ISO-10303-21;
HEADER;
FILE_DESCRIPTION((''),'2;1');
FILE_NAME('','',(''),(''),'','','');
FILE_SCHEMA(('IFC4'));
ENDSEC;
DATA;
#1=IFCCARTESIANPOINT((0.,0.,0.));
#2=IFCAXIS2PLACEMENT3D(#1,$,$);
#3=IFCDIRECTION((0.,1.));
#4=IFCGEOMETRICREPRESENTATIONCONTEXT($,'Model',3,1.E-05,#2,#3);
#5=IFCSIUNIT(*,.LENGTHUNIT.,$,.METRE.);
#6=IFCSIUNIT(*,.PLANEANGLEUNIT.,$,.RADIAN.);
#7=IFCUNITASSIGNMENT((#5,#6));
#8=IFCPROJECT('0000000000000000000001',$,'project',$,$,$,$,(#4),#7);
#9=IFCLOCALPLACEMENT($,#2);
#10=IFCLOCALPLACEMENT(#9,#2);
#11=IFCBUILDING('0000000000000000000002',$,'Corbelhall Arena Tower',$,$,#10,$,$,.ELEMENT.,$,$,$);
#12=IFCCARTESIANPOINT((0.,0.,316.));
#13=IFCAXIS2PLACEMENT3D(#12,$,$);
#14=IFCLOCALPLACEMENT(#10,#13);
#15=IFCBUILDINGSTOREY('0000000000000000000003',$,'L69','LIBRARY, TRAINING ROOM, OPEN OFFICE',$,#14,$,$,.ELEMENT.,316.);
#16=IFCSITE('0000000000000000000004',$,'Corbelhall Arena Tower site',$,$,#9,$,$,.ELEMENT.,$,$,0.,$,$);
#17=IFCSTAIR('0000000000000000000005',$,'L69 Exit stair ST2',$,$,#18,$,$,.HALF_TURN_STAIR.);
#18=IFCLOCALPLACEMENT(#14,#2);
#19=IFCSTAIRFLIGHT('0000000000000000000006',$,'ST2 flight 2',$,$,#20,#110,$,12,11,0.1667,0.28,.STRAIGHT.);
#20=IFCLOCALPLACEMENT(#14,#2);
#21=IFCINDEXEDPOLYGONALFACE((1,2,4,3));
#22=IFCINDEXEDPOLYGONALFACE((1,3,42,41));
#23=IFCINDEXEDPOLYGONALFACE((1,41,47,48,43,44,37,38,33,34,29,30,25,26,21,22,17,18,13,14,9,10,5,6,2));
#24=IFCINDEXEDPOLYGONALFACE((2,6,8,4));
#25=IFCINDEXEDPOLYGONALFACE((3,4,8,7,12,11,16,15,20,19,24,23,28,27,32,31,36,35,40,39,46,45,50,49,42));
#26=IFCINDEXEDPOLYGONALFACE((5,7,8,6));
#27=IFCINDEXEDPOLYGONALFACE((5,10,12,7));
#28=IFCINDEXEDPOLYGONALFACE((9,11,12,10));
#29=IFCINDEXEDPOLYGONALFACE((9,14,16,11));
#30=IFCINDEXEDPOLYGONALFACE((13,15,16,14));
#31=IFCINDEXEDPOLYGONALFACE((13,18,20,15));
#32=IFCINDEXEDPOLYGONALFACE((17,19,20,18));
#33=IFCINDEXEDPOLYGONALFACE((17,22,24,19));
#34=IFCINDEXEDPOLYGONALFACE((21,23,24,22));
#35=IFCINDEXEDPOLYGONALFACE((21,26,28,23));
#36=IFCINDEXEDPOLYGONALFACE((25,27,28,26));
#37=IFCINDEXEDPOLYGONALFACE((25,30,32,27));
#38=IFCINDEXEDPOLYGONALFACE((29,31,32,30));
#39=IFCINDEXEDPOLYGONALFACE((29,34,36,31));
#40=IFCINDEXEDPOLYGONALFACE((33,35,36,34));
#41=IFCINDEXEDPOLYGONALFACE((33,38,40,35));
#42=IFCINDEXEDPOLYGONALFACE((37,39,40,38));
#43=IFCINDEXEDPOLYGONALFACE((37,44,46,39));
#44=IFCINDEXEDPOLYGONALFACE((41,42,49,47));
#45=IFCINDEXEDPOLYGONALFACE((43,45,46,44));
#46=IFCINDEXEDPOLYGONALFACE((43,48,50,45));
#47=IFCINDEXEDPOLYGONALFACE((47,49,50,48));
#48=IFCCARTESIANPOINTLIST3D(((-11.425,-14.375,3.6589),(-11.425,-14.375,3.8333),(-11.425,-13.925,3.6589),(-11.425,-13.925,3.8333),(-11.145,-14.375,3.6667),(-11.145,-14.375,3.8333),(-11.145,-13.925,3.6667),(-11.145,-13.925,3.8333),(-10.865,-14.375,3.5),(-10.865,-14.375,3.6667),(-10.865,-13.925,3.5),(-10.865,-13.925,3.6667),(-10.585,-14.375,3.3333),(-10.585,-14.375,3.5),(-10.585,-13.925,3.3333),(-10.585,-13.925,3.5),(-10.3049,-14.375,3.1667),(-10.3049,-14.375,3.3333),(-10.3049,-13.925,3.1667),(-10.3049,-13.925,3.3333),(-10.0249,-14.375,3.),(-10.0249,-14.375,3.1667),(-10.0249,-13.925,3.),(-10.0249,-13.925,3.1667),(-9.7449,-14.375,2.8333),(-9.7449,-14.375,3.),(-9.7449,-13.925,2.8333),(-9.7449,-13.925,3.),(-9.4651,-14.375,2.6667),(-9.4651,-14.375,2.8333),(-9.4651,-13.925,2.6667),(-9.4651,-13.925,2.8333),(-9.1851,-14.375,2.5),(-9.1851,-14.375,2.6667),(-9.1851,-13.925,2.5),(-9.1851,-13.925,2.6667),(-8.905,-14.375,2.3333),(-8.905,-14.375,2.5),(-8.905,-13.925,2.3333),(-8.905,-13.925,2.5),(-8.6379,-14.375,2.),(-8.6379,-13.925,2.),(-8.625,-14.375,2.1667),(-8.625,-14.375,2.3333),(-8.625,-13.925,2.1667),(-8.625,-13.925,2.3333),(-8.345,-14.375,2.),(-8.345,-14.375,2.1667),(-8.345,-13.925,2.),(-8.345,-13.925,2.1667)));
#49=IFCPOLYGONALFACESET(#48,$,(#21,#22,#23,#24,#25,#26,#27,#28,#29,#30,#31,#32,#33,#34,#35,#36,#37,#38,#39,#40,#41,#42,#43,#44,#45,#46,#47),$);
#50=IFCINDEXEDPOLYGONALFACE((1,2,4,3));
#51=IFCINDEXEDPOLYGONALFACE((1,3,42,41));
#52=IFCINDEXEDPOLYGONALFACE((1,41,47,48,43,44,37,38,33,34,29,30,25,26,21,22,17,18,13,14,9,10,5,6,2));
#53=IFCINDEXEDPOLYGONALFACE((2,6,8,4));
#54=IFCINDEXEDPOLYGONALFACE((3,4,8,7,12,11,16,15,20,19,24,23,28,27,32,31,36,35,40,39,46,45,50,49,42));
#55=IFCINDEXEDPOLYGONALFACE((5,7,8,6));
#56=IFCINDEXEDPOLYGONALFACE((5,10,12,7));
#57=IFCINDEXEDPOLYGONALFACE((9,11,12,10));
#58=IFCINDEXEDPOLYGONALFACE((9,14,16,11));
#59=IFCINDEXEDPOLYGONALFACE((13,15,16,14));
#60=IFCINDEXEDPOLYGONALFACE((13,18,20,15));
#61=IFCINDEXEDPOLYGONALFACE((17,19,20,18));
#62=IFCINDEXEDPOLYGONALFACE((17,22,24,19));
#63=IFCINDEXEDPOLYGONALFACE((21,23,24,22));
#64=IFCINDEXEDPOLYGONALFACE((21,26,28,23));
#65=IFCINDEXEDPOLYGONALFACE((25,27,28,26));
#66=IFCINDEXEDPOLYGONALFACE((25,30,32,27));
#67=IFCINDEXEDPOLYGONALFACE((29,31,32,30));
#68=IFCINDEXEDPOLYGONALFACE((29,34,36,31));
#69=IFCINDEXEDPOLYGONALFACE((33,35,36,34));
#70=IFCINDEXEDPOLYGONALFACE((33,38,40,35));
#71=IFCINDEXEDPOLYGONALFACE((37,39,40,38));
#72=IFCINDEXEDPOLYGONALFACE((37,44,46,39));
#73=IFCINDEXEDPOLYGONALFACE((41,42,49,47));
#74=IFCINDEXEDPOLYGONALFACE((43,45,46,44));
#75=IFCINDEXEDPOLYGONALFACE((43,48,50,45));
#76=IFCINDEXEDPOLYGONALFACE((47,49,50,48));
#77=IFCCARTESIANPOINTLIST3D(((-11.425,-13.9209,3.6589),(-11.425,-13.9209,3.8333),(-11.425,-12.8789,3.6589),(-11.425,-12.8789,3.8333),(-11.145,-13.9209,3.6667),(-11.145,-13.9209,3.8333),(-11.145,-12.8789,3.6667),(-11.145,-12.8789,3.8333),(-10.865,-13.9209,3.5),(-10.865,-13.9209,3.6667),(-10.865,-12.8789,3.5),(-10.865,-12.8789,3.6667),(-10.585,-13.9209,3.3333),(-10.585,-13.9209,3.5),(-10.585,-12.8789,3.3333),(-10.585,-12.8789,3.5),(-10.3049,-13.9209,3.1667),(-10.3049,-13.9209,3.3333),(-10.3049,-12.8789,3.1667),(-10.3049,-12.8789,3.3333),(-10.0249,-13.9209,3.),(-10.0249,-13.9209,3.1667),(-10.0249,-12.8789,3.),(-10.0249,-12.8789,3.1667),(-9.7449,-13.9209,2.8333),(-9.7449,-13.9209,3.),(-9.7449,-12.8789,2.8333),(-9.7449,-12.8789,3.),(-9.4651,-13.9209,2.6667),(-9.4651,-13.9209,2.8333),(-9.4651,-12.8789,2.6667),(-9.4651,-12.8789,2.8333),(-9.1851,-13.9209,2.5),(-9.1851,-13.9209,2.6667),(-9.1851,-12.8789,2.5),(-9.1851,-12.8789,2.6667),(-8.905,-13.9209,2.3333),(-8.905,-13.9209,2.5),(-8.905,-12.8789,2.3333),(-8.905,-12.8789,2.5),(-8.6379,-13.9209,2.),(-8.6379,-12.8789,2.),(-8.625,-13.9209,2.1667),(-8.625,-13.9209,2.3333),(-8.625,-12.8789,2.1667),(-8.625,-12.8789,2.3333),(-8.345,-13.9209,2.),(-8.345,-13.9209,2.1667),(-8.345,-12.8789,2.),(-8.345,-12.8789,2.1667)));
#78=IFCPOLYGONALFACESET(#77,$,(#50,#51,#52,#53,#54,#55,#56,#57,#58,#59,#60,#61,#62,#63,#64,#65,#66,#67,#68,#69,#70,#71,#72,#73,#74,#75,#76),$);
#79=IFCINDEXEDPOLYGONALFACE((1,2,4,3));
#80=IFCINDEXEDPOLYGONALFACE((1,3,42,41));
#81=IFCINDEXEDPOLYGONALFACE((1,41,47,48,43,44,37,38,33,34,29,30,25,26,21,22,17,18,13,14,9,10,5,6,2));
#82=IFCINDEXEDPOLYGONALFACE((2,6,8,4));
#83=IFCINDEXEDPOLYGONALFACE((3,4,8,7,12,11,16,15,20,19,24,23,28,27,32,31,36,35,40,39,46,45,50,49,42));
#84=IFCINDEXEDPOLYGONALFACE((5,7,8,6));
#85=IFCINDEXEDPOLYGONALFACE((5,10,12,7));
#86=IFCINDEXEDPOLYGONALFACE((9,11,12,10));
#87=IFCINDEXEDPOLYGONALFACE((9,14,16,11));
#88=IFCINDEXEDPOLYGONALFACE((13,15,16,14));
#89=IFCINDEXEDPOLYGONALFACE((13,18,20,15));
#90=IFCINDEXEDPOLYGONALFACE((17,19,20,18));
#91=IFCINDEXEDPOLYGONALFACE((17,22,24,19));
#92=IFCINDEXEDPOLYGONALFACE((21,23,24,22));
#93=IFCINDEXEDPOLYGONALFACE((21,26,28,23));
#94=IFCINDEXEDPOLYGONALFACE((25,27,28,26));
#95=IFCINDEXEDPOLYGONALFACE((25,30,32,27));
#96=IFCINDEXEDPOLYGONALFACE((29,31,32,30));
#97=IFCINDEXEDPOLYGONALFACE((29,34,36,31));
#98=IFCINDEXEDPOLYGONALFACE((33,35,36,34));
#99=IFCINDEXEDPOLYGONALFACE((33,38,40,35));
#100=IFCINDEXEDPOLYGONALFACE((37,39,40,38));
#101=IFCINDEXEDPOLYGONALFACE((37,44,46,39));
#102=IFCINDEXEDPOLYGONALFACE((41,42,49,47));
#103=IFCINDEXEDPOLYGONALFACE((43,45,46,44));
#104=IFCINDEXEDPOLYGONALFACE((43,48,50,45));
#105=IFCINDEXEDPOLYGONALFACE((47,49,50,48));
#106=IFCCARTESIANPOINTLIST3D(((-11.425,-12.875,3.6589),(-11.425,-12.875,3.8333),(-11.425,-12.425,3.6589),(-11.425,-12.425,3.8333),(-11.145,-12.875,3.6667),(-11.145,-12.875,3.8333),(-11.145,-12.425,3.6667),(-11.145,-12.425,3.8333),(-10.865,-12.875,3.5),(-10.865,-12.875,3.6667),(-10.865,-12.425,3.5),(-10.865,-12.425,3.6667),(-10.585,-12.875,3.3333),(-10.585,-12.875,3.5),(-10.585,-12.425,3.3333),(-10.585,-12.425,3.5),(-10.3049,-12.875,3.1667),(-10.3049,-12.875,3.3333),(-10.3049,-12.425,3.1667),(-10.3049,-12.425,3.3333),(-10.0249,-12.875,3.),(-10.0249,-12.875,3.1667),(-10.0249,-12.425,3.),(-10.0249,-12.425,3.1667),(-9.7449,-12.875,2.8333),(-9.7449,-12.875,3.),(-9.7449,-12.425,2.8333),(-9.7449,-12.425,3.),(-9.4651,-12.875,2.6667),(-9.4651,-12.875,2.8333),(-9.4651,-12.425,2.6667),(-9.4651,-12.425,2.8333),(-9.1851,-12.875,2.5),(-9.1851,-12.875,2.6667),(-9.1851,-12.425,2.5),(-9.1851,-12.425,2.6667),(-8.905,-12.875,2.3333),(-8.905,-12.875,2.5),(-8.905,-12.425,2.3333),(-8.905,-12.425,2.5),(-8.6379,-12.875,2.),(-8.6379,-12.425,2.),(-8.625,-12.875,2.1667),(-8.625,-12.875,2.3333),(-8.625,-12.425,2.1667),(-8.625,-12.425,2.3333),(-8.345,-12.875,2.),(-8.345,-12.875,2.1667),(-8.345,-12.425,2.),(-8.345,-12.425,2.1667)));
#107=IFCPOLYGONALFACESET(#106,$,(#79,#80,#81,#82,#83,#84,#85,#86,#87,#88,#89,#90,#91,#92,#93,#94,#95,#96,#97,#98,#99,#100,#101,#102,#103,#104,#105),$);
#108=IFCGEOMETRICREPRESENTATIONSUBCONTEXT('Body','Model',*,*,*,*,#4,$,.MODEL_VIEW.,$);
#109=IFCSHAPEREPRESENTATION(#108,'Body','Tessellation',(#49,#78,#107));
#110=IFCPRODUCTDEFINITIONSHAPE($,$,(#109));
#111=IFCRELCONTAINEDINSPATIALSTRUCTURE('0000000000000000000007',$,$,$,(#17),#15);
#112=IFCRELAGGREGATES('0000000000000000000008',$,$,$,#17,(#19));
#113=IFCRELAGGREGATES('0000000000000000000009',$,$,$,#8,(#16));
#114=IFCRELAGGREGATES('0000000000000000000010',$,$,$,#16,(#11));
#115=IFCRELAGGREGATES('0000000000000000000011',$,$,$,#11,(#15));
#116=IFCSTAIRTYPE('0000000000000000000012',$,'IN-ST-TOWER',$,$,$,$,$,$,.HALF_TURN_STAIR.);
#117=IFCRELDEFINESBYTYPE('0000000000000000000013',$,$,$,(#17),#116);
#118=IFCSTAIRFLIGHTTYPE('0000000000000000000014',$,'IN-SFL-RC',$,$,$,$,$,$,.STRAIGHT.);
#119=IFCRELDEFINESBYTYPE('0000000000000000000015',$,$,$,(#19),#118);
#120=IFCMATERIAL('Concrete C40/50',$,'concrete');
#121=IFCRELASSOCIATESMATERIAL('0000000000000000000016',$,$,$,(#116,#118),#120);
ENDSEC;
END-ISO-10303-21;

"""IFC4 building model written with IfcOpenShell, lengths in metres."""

from ifc_helpers import new_model, si_unit, direction, frame, origin, place, context, subcontext, project, spatial, polyline, outline, extrude, material, type_object, element, aggregate, save


model = new_model("IFC4")

# Units and contexts
model_context = context("Model", 3, precision=1e-05, world=origin(), true_north=direction((0.0, 1.0)))
body_context = subcontext(model_context, "Body", "Model", "MODEL_VIEW")
ifc_project = project(units=[si_unit("LENGTHUNIT", "METRE"), si_unit("PLANEANGLEUNIT", "RADIAN")], contexts=[model_context])

# Site, building, storey
site_placement = place(None, origin())
site = spatial("IfcSite", under=ifc_project, at=site_placement, Name="Corbelhall Arena Tower site", CompositionType="ELEMENT", RefElevation=0.0)
building_placement = place(site_placement, origin())
building = spatial("IfcBuilding", under=site, at=building_placement, Name="Corbelhall Arena Tower", CompositionType="ELEMENT")
storey_placement = place(building_placement, frame((0.0, 0.0, 316.0)))
storey = spatial("IfcBuildingStorey", under=building, at=storey_placement, Name="L69", Description="LIBRARY, TRAINING ROOM, OPEN OFFICE", CompositionType="ELEMENT", Elevation=316.0)

# Shared definitions
ifc_material_1 = material(Name="Concrete C40/50", Category="concrete")

# Stair, stair flight
stair_type = type_object("IfcStairType", Name="IN-ST-TOWER", PredefinedType="HALF_TURN_STAIR", material=ifc_material_1)
stair_placement = place(storey_placement, origin())
stair = element("IfcStair", 1, at=stair_placement, inside=storey, type_object=stair_type, Name="L69 Exit stair ST2", PredefinedType="HALF_TURN_STAIR")
stair_flight_type = type_object("IfcStairFlightType", Name="IN-SFL-RC", PredefinedType="STRAIGHT", material=ifc_material_1)
stair_flight_1_placement = place(storey_placement, frame((-8.345, -13.3999, 2.0), z_axis=(0.0, 0.0, 1.0), x_axis=(-1.0, 0.0, 0.0)))
stair_flight_1 = element("IfcStairFlight", 2, at=stair_flight_1_placement, type_object=stair_flight_type, Name="ST2 flight 2", NumberOfRisers=12, NumberOfTreads=11, PredefinedType="STRAIGHT", RiserHeight=0.1667, TreadLength=0.28, context=body_context, shape_type="SweptSolid", body=[
    extrude(outline(polyline([(0.0, 0.0), (0.0, 0.1667), (0.28, 0.1667), (0.28, 0.3333), (0.5601, 0.3333), (0.5601, 0.5), (0.8401, 0.5), (0.8401, 0.6667), (1.1201, 0.6667), (1.1201, 0.8333), (1.3999, 0.8333), (1.3999, 1.0), (1.6799, 1.0), (1.6799, 1.1667), (1.96, 1.1667), (1.96, 1.3333), (2.24, 1.3333), (2.24, 1.5), (2.52, 1.5), (2.52, 1.6667), (2.8, 1.6667), (2.8, 1.8333), (3.0801, 1.8333), (3.0801, 2.0), (3.0801, 1.6589), (0.293, 0.0), (0.0, 0.0)])), frame((0.0, 0.9751, 0.0), z_axis=(0.0, -1.0, 0.0), x_axis=(1.0, 0.0, 0.0)), (0.0, 0.0, 1.0), 0.45),
    extrude(outline(polyline([(0.0, 0.0), (0.0, 0.1667), (0.28, 0.1667), (0.28, 0.3333), (0.5601, 0.3333), (0.5601, 0.5), (0.8401, 0.5), (0.8401, 0.6667), (1.1201, 0.6667), (1.1201, 0.8333), (1.3999, 0.8333), (1.3999, 1.0), (1.6799, 1.0), (1.6799, 1.1667), (1.96, 1.1667), (1.96, 1.3333), (2.24, 1.3333), (2.24, 1.5), (2.52, 1.5), (2.52, 1.6667), (2.8, 1.6667), (2.8, 1.8333), (3.0801, 1.8333), (3.0801, 2.0), (3.0801, 1.6589), (0.293, 0.0), (0.0, 0.0)])), frame((0.0, 0.521, 0.0), z_axis=(0.0, -1.0, 0.0), x_axis=(1.0, 0.0, 0.0)), (0.0, 0.0, 1.0), 1.042),
    extrude(outline(polyline([(0.0, 0.0), (0.0, 0.1667), (0.28, 0.1667), (0.28, 0.3333), (0.5601, 0.3333), (0.5601, 0.5), (0.8401, 0.5), (0.8401, 0.6667), (1.1201, 0.6667), (1.1201, 0.8333), (1.3999, 0.8333), (1.3999, 1.0), (1.6799, 1.0), (1.6799, 1.1667), (1.96, 1.1667), (1.96, 1.3333), (2.24, 1.3333), (2.24, 1.5), (2.52, 1.5), (2.52, 1.6667), (2.8, 1.6667), (2.8, 1.8333), (3.0801, 1.8333), (3.0801, 2.0), (3.0801, 1.6589), (0.293, 0.0), (0.0, 0.0)])), frame((0.0, -0.5249, 0.0), z_axis=(0.0, -1.0, 0.0), x_axis=(1.0, 0.0, 0.0)), (0.0, 0.0, 1.0), 0.45),
])
aggregate(stair, [stair_flight_1])

save(model, "model.ifc")
